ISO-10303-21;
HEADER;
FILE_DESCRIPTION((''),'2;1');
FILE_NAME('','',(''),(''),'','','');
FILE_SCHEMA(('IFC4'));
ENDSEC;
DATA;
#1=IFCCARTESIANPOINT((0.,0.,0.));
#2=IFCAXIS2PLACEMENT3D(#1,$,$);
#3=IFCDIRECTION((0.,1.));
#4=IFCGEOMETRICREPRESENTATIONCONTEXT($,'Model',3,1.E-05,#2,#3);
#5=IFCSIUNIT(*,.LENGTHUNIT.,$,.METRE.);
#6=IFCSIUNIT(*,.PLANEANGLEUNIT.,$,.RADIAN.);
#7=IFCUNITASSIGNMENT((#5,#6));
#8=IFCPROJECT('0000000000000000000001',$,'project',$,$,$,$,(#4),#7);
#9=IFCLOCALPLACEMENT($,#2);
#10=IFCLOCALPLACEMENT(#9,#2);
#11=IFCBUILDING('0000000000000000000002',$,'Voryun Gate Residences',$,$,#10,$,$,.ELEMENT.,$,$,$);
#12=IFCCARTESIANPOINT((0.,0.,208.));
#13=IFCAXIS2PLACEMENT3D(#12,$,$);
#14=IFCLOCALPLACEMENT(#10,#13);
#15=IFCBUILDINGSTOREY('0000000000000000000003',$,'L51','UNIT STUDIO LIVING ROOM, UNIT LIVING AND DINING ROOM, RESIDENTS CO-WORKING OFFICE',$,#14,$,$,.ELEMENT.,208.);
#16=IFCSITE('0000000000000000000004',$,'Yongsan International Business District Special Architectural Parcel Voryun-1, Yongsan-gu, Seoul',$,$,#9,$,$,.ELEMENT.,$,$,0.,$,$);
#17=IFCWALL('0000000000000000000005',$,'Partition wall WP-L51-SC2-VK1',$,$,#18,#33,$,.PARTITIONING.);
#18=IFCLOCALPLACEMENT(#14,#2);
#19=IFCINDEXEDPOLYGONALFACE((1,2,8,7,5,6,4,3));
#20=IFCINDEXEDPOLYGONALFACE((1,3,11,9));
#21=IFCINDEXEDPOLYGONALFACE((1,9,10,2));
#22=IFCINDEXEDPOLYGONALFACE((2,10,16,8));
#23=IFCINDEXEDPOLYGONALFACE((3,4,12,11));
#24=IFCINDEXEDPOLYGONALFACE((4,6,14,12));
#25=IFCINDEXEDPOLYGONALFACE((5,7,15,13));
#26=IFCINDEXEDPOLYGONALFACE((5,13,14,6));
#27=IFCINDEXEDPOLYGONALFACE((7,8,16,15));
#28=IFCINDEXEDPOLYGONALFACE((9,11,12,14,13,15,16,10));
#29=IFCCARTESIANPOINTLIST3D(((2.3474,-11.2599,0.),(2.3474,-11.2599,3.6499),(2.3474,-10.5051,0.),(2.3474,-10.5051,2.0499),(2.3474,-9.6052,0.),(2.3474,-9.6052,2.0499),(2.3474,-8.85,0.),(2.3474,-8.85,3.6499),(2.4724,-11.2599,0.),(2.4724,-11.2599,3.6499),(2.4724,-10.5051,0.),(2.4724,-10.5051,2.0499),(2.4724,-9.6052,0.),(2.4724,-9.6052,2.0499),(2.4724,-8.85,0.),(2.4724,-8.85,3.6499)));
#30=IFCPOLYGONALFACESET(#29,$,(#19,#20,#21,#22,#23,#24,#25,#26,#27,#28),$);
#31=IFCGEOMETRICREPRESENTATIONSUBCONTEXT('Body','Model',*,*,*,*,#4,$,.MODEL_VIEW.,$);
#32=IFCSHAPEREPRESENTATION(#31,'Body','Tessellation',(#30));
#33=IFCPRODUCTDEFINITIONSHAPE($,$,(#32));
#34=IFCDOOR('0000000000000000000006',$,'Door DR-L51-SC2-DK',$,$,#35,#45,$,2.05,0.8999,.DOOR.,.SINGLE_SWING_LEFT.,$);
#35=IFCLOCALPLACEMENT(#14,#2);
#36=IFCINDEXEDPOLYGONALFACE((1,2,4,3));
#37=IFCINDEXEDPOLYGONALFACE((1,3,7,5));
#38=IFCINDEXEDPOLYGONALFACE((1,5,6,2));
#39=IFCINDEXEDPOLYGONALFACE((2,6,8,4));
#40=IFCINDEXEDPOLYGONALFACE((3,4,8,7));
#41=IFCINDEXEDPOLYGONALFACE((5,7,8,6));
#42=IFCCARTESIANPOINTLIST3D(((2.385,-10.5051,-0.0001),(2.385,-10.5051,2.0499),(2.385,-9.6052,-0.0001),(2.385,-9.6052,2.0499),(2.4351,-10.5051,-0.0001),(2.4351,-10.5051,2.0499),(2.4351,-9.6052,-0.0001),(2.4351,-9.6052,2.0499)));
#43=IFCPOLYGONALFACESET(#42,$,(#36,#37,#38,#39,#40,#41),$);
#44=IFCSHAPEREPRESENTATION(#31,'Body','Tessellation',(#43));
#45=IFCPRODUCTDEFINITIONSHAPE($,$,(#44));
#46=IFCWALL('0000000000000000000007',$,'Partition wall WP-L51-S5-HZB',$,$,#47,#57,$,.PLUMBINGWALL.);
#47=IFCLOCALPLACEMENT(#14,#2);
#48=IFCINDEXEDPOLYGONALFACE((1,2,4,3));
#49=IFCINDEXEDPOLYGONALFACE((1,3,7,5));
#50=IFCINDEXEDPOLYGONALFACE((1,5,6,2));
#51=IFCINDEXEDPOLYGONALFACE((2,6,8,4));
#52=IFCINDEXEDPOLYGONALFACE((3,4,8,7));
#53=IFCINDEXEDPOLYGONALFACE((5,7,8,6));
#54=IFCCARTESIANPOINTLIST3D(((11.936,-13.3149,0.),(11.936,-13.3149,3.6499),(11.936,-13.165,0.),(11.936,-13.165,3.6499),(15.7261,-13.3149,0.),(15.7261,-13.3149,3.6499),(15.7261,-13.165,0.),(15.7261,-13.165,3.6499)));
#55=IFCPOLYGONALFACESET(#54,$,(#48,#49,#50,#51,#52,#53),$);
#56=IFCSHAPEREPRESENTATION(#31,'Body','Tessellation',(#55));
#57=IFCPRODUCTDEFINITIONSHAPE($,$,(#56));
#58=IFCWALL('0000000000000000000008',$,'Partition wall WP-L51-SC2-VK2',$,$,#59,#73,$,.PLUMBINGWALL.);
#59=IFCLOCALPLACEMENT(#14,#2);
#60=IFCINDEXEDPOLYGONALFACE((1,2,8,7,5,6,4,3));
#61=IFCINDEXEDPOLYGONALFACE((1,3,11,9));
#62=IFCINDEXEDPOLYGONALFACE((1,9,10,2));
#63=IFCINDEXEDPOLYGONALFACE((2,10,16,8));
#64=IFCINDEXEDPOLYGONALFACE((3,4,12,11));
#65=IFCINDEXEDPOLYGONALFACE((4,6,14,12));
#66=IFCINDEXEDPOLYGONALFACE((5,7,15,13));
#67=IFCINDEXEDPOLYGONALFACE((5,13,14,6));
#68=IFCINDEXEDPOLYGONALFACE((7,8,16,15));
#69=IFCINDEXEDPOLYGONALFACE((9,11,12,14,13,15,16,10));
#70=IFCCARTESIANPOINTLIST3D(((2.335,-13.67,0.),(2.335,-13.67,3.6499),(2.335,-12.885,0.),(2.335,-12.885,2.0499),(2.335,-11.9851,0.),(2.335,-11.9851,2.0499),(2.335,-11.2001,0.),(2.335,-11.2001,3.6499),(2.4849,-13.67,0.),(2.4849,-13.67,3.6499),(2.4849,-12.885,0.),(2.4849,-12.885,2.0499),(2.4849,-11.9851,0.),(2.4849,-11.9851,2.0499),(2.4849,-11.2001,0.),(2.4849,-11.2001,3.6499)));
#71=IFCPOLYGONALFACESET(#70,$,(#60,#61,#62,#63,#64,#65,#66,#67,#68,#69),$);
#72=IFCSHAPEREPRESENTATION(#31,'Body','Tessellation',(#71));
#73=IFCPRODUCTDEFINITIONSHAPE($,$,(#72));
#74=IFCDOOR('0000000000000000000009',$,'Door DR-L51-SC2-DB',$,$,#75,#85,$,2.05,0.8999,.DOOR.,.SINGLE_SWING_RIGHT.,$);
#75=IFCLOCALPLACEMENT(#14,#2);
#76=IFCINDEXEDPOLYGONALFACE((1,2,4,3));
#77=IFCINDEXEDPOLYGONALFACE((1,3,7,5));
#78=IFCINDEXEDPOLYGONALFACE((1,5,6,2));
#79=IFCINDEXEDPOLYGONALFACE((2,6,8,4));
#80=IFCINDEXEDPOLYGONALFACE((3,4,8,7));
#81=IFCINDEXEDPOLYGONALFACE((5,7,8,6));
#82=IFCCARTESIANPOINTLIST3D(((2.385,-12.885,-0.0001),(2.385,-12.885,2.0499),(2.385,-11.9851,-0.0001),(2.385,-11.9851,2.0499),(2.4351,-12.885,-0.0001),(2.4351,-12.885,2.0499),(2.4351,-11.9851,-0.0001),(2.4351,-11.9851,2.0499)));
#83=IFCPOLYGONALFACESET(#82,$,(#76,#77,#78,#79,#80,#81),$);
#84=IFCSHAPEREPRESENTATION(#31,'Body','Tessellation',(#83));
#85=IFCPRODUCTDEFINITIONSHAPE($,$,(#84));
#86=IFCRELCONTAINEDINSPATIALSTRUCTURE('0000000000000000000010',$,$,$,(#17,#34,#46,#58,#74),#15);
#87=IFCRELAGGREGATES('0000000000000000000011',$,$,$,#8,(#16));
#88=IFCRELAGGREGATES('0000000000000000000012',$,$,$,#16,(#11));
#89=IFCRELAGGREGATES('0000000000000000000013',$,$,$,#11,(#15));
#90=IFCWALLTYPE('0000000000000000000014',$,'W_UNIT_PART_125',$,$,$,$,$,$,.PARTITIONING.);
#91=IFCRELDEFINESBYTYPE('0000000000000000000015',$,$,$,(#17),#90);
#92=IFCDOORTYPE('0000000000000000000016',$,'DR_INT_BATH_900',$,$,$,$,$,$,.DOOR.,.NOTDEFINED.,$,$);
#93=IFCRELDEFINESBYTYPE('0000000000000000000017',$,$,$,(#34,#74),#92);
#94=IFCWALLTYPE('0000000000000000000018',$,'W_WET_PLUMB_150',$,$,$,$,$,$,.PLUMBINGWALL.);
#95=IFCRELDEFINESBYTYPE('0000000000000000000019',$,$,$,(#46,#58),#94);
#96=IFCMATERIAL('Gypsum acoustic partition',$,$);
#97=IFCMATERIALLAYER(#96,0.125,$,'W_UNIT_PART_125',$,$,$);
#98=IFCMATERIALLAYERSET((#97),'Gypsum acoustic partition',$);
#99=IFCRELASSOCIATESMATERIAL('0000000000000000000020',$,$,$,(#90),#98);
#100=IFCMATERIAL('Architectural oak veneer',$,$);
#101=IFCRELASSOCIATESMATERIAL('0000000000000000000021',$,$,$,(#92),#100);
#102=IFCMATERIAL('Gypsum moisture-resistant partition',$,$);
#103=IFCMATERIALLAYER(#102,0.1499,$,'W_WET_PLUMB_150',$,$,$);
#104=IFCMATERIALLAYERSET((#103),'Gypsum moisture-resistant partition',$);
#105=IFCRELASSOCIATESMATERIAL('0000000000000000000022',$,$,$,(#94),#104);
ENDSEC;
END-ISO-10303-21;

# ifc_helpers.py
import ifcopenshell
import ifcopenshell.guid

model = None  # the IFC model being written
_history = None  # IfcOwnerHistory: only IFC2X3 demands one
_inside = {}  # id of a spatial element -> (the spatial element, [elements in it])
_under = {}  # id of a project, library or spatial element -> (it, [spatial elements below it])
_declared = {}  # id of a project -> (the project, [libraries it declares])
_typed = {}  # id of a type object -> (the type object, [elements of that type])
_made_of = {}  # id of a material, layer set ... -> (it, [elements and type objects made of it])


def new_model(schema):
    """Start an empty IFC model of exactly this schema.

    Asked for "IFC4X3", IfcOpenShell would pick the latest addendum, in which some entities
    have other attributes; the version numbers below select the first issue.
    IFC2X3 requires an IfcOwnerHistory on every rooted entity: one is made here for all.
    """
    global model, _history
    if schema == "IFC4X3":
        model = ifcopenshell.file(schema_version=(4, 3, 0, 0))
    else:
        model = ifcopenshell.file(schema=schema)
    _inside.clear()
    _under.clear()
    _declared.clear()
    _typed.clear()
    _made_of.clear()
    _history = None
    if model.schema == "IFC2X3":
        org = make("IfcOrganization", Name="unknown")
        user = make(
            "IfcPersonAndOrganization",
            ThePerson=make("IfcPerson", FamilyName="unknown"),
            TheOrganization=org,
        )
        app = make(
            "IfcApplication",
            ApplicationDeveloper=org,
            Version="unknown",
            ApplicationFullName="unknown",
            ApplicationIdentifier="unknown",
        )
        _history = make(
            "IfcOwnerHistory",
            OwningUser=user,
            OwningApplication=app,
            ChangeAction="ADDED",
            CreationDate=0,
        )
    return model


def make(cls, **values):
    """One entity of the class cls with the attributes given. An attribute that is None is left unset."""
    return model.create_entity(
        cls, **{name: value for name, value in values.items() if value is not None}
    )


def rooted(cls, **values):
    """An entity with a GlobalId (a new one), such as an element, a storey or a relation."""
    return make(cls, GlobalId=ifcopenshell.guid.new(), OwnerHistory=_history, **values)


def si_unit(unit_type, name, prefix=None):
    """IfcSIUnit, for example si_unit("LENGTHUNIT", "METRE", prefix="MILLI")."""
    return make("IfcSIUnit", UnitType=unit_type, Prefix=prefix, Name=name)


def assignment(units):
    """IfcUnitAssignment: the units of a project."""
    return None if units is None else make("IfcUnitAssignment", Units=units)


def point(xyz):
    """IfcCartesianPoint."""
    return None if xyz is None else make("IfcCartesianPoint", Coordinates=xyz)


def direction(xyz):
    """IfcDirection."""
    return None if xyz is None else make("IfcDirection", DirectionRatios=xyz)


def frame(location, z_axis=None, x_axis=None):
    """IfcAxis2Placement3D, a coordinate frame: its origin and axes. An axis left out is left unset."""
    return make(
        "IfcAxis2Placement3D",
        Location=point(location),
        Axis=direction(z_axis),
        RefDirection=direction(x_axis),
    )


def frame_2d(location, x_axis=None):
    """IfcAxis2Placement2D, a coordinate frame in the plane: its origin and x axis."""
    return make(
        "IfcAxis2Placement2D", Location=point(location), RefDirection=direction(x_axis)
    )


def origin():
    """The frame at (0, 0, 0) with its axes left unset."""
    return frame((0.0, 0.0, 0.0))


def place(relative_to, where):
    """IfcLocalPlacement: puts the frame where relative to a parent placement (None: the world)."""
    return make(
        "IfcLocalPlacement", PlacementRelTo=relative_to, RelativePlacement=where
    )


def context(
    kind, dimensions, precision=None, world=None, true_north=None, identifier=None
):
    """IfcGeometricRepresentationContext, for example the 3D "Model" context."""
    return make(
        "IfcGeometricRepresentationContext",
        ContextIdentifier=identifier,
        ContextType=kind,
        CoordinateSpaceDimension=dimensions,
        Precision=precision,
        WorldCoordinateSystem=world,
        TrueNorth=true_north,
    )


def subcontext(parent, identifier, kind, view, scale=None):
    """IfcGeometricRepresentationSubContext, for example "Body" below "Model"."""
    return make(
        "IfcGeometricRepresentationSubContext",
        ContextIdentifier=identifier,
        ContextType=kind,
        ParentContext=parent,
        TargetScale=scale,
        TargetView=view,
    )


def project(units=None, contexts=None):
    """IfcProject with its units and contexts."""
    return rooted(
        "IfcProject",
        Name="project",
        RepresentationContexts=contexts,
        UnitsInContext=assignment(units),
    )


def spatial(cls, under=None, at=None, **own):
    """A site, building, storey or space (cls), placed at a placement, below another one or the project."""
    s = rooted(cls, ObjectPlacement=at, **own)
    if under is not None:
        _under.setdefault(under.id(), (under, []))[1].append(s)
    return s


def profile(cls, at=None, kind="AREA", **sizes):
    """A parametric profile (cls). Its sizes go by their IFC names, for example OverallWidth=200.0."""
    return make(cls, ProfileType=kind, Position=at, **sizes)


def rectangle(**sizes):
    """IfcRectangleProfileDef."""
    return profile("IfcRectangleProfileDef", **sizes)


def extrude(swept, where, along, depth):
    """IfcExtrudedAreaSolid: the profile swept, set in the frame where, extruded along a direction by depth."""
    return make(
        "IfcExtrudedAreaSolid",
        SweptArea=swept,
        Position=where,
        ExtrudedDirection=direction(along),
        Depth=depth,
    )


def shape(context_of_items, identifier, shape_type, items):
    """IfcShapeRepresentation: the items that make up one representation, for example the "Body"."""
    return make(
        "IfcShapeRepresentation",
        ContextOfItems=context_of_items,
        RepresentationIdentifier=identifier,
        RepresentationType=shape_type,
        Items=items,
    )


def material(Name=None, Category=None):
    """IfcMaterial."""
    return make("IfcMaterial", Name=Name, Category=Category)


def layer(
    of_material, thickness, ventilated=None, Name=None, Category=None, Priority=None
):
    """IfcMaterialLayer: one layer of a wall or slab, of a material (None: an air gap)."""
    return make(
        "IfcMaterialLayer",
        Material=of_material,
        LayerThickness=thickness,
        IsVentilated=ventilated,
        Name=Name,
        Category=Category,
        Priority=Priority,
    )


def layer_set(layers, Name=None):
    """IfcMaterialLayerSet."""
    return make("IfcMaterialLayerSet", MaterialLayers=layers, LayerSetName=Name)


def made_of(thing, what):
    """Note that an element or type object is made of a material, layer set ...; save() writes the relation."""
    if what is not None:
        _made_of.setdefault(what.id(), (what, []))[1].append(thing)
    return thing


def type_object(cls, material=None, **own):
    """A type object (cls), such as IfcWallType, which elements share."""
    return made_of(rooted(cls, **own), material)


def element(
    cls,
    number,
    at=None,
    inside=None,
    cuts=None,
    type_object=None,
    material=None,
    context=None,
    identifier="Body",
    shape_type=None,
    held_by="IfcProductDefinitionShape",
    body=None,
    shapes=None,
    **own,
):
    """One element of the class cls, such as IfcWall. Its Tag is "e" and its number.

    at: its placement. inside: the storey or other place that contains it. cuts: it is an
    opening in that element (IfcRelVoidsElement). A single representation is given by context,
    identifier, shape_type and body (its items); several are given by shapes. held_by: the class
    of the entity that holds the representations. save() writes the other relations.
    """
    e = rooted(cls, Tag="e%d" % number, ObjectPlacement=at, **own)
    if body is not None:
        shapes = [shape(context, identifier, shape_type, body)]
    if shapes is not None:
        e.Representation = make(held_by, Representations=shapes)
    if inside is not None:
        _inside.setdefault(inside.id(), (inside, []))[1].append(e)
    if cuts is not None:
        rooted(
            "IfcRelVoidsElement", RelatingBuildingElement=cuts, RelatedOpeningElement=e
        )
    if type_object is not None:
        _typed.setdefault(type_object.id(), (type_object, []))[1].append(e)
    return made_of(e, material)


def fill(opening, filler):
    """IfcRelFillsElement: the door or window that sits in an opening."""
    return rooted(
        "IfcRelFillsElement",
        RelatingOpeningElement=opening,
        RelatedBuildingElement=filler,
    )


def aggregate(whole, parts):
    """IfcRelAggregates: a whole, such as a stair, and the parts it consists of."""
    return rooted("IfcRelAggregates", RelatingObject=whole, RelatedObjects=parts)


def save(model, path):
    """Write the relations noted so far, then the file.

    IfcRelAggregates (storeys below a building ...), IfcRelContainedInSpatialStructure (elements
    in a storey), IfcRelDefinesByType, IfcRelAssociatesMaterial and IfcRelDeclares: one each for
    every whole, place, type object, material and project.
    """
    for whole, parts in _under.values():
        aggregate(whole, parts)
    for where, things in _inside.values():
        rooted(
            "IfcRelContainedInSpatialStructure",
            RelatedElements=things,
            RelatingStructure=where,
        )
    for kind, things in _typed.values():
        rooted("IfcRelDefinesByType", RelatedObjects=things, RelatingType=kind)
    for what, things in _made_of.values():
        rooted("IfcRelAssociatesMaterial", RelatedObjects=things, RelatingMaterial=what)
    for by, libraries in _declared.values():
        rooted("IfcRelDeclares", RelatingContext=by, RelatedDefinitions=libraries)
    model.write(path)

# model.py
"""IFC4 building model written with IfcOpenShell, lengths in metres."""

from ifc_helpers import new_model, si_unit, direction, frame, frame_2d, origin, place, context, subcontext, project, spatial, rectangle, extrude, material, layer, layer_set, type_object, element, fill, save


model = new_model("IFC4")

# Units and contexts
model_context = context("Model", 3, precision=1e-05, world=origin(), true_north=direction((0.0, 1.0)))
body_context = subcontext(model_context, "Body", "Model", "MODEL_VIEW")
ifc_project = project(units=[si_unit("LENGTHUNIT", "METRE"), si_unit("PLANEANGLEUNIT", "RADIAN")], contexts=[model_context])

# Site, building, storey
site_placement = place(None, origin())
site = spatial("IfcSite", under=ifc_project, at=site_placement, Name="Yongsan International Business District Special Architectural Parcel Voryun-1, Yongsan-gu, Seoul", CompositionType="ELEMENT", RefElevation=0.0)
building_placement = place(site_placement, origin())
building = spatial("IfcBuilding", under=site, at=building_placement, Name="Voryun Gate Residences", CompositionType="ELEMENT")
storey_placement = place(building_placement, frame((0.0, 0.0, 208.0)))
storey = spatial("IfcBuildingStorey", under=building, at=storey_placement, Name="L51", Description="UNIT STUDIO LIVING ROOM, UNIT LIVING AND DINING ROOM, RESIDENTS CO-WORKING OFFICE", CompositionType="ELEMENT", Elevation=208.0)

# Shared definitions
ifc_material_1 = material(Name="Gypsum acoustic partition")
ifc_layer_1 = layer(ifc_material_1, 0.125, Name="W_UNIT_PART_125")
ifc_layer_set_1 = layer_set([ifc_layer_1], Name="Gypsum acoustic partition")
wall_type_1 = type_object("IfcWallType", Name="W_UNIT_PART_125", PredefinedType="PARTITIONING", material=ifc_layer_set_1)

# Wall, opening, door
wall_1_placement = place(storey_placement, frame((2.4099, -11.26, 0.0), z_axis=(0.0, 0.0, 1.0), x_axis=(0.0, 1.0, 0.0)))
wall_1 = element("IfcWall", 1, at=wall_1_placement, inside=storey, type_object=wall_type_1, Name="Partition wall WP-L51-SC2-VK1", PredefinedType="PARTITIONING", context=body_context, shape_type="SweptSolid", body=[
    extrude(rectangle(XDim=2.4099, YDim=0.125, at=frame_2d((1.2051, 0.0))), origin(), (0.0, 0.0, 1.0), 3.6499),
])
opening_1_placement = place(wall_1_placement, frame((0.7549, 0.0, 0.0)))
opening_1 = element("IfcOpeningElement", 2, at=opening_1_placement, cuts=wall_1, PredefinedType="OPENING", context=body_context, shape_type="SweptSolid", body=[
    extrude(rectangle(XDim=0.8999, YDim=2.05, at=frame_2d((0.45, 1.0249))), frame((0.0, 0.0725, 0.0), z_axis=(0.0, -1.0, 0.0), x_axis=(1.0, 0.0, 0.0)), (0.0, 0.0, 1.0), 0.145),
])
ifc_material_2 = material(Name="Architectural oak veneer")
door_type_1 = type_object("IfcDoorType", Name="DR_INT_BATH_900", OperationType="NOTDEFINED", PredefinedType="DOOR", material=ifc_material_2)
door_1_placement = place(opening_1_placement, origin())
door_1 = element("IfcDoor", 3, at=door_1_placement, inside=storey, type_object=door_type_1, Name="Door DR-L51-SC2-DK", OperationType="SINGLE_SWING_LEFT", OverallHeight=2.05, OverallWidth=0.8999, PredefinedType="DOOR", context=body_context, shape_type="SweptSolid", body=[
    extrude(rectangle(XDim=0.8999, YDim=2.05, at=frame_2d((0.45, 1.0249))), frame((0.0, 0.0249, 0.0), z_axis=(0.0, -1.0, 0.0), x_axis=(1.0, 0.0, 0.0)), (0.0, 0.0, 1.0), 0.05),
])
fill(opening_1, door_1)

# Wall
ifc_material_3 = material(Name="Gypsum moisture-resistant partition")
ifc_layer_2 = layer(ifc_material_3, 0.1499, Name="W_WET_PLUMB_150")
ifc_layer_set_2 = layer_set([ifc_layer_2], Name="Gypsum moisture-resistant partition")
wall_type_2 = type_object("IfcWallType", Name="W_WET_PLUMB_150", PredefinedType="PLUMBINGWALL", material=ifc_layer_set_2)
wall_2_placement = place(storey_placement, frame((11.936, -13.24, 0.0), z_axis=(0.0, 0.0, 1.0), x_axis=(1.0, 0.0, 0.0)))
element("IfcWall", 4, at=wall_2_placement, inside=storey, type_object=wall_type_2, Name="Partition wall WP-L51-S5-HZB", PredefinedType="PLUMBINGWALL", context=body_context, shape_type="SweptSolid", body=[
    extrude(rectangle(XDim=3.79, YDim=0.1499, at=frame_2d((1.895, 0.0))), origin(), (0.0, 0.0, 1.0), 3.6499),
])

# Wall, opening, door
wall_3_placement = place(storey_placement, frame((2.4099, -13.6699, 0.0), z_axis=(0.0, 0.0, 1.0), x_axis=(0.0, 1.0, 0.0)))
wall_3 = element("IfcWall", 5, at=wall_3_placement, inside=storey, type_object=wall_type_2, Name="Partition wall WP-L51-SC2-VK2", PredefinedType="PLUMBINGWALL", context=body_context, shape_type="SweptSolid", body=[
    extrude(rectangle(XDim=2.47, YDim=0.1499, at=frame_2d((1.2349, 0.0))), origin(), (0.0, 0.0, 1.0), 3.6499),
])
opening_2_placement = place(wall_3_placement, frame((0.7849, 0.0, 0.0)))
opening_2 = element("IfcOpeningElement", 6, at=opening_2_placement, cuts=wall_3, PredefinedType="OPENING", context=body_context, shape_type="SweptSolid", body=[
    extrude(rectangle(XDim=0.8999, YDim=2.05, at=frame_2d((0.45, 1.0249))), frame((0.0, 0.085, 0.0), z_axis=(0.0, -1.0, 0.0), x_axis=(1.0, 0.0, 0.0)), (0.0, 0.0, 1.0), 0.1699),
])
door_2_placement = place(opening_2_placement, origin())
door_2 = element("IfcDoor", 7, at=door_2_placement, inside=storey, type_object=door_type_1, Name="Door DR-L51-SC2-DB", OperationType="SINGLE_SWING_RIGHT", OverallHeight=2.05, OverallWidth=0.8999, PredefinedType="DOOR", context=body_context, shape_type="SweptSolid", body=[
    extrude(rectangle(XDim=0.8999, YDim=2.05, at=frame_2d((0.45, 1.0249))), frame((0.0, 0.0249, 0.0), z_axis=(0.0, -1.0, 0.0), x_axis=(1.0, 0.0, 0.0)), (0.0, 0.0, 1.0), 0.05),
])
fill(opening_2, door_2)

save(model, "model.ifc")
